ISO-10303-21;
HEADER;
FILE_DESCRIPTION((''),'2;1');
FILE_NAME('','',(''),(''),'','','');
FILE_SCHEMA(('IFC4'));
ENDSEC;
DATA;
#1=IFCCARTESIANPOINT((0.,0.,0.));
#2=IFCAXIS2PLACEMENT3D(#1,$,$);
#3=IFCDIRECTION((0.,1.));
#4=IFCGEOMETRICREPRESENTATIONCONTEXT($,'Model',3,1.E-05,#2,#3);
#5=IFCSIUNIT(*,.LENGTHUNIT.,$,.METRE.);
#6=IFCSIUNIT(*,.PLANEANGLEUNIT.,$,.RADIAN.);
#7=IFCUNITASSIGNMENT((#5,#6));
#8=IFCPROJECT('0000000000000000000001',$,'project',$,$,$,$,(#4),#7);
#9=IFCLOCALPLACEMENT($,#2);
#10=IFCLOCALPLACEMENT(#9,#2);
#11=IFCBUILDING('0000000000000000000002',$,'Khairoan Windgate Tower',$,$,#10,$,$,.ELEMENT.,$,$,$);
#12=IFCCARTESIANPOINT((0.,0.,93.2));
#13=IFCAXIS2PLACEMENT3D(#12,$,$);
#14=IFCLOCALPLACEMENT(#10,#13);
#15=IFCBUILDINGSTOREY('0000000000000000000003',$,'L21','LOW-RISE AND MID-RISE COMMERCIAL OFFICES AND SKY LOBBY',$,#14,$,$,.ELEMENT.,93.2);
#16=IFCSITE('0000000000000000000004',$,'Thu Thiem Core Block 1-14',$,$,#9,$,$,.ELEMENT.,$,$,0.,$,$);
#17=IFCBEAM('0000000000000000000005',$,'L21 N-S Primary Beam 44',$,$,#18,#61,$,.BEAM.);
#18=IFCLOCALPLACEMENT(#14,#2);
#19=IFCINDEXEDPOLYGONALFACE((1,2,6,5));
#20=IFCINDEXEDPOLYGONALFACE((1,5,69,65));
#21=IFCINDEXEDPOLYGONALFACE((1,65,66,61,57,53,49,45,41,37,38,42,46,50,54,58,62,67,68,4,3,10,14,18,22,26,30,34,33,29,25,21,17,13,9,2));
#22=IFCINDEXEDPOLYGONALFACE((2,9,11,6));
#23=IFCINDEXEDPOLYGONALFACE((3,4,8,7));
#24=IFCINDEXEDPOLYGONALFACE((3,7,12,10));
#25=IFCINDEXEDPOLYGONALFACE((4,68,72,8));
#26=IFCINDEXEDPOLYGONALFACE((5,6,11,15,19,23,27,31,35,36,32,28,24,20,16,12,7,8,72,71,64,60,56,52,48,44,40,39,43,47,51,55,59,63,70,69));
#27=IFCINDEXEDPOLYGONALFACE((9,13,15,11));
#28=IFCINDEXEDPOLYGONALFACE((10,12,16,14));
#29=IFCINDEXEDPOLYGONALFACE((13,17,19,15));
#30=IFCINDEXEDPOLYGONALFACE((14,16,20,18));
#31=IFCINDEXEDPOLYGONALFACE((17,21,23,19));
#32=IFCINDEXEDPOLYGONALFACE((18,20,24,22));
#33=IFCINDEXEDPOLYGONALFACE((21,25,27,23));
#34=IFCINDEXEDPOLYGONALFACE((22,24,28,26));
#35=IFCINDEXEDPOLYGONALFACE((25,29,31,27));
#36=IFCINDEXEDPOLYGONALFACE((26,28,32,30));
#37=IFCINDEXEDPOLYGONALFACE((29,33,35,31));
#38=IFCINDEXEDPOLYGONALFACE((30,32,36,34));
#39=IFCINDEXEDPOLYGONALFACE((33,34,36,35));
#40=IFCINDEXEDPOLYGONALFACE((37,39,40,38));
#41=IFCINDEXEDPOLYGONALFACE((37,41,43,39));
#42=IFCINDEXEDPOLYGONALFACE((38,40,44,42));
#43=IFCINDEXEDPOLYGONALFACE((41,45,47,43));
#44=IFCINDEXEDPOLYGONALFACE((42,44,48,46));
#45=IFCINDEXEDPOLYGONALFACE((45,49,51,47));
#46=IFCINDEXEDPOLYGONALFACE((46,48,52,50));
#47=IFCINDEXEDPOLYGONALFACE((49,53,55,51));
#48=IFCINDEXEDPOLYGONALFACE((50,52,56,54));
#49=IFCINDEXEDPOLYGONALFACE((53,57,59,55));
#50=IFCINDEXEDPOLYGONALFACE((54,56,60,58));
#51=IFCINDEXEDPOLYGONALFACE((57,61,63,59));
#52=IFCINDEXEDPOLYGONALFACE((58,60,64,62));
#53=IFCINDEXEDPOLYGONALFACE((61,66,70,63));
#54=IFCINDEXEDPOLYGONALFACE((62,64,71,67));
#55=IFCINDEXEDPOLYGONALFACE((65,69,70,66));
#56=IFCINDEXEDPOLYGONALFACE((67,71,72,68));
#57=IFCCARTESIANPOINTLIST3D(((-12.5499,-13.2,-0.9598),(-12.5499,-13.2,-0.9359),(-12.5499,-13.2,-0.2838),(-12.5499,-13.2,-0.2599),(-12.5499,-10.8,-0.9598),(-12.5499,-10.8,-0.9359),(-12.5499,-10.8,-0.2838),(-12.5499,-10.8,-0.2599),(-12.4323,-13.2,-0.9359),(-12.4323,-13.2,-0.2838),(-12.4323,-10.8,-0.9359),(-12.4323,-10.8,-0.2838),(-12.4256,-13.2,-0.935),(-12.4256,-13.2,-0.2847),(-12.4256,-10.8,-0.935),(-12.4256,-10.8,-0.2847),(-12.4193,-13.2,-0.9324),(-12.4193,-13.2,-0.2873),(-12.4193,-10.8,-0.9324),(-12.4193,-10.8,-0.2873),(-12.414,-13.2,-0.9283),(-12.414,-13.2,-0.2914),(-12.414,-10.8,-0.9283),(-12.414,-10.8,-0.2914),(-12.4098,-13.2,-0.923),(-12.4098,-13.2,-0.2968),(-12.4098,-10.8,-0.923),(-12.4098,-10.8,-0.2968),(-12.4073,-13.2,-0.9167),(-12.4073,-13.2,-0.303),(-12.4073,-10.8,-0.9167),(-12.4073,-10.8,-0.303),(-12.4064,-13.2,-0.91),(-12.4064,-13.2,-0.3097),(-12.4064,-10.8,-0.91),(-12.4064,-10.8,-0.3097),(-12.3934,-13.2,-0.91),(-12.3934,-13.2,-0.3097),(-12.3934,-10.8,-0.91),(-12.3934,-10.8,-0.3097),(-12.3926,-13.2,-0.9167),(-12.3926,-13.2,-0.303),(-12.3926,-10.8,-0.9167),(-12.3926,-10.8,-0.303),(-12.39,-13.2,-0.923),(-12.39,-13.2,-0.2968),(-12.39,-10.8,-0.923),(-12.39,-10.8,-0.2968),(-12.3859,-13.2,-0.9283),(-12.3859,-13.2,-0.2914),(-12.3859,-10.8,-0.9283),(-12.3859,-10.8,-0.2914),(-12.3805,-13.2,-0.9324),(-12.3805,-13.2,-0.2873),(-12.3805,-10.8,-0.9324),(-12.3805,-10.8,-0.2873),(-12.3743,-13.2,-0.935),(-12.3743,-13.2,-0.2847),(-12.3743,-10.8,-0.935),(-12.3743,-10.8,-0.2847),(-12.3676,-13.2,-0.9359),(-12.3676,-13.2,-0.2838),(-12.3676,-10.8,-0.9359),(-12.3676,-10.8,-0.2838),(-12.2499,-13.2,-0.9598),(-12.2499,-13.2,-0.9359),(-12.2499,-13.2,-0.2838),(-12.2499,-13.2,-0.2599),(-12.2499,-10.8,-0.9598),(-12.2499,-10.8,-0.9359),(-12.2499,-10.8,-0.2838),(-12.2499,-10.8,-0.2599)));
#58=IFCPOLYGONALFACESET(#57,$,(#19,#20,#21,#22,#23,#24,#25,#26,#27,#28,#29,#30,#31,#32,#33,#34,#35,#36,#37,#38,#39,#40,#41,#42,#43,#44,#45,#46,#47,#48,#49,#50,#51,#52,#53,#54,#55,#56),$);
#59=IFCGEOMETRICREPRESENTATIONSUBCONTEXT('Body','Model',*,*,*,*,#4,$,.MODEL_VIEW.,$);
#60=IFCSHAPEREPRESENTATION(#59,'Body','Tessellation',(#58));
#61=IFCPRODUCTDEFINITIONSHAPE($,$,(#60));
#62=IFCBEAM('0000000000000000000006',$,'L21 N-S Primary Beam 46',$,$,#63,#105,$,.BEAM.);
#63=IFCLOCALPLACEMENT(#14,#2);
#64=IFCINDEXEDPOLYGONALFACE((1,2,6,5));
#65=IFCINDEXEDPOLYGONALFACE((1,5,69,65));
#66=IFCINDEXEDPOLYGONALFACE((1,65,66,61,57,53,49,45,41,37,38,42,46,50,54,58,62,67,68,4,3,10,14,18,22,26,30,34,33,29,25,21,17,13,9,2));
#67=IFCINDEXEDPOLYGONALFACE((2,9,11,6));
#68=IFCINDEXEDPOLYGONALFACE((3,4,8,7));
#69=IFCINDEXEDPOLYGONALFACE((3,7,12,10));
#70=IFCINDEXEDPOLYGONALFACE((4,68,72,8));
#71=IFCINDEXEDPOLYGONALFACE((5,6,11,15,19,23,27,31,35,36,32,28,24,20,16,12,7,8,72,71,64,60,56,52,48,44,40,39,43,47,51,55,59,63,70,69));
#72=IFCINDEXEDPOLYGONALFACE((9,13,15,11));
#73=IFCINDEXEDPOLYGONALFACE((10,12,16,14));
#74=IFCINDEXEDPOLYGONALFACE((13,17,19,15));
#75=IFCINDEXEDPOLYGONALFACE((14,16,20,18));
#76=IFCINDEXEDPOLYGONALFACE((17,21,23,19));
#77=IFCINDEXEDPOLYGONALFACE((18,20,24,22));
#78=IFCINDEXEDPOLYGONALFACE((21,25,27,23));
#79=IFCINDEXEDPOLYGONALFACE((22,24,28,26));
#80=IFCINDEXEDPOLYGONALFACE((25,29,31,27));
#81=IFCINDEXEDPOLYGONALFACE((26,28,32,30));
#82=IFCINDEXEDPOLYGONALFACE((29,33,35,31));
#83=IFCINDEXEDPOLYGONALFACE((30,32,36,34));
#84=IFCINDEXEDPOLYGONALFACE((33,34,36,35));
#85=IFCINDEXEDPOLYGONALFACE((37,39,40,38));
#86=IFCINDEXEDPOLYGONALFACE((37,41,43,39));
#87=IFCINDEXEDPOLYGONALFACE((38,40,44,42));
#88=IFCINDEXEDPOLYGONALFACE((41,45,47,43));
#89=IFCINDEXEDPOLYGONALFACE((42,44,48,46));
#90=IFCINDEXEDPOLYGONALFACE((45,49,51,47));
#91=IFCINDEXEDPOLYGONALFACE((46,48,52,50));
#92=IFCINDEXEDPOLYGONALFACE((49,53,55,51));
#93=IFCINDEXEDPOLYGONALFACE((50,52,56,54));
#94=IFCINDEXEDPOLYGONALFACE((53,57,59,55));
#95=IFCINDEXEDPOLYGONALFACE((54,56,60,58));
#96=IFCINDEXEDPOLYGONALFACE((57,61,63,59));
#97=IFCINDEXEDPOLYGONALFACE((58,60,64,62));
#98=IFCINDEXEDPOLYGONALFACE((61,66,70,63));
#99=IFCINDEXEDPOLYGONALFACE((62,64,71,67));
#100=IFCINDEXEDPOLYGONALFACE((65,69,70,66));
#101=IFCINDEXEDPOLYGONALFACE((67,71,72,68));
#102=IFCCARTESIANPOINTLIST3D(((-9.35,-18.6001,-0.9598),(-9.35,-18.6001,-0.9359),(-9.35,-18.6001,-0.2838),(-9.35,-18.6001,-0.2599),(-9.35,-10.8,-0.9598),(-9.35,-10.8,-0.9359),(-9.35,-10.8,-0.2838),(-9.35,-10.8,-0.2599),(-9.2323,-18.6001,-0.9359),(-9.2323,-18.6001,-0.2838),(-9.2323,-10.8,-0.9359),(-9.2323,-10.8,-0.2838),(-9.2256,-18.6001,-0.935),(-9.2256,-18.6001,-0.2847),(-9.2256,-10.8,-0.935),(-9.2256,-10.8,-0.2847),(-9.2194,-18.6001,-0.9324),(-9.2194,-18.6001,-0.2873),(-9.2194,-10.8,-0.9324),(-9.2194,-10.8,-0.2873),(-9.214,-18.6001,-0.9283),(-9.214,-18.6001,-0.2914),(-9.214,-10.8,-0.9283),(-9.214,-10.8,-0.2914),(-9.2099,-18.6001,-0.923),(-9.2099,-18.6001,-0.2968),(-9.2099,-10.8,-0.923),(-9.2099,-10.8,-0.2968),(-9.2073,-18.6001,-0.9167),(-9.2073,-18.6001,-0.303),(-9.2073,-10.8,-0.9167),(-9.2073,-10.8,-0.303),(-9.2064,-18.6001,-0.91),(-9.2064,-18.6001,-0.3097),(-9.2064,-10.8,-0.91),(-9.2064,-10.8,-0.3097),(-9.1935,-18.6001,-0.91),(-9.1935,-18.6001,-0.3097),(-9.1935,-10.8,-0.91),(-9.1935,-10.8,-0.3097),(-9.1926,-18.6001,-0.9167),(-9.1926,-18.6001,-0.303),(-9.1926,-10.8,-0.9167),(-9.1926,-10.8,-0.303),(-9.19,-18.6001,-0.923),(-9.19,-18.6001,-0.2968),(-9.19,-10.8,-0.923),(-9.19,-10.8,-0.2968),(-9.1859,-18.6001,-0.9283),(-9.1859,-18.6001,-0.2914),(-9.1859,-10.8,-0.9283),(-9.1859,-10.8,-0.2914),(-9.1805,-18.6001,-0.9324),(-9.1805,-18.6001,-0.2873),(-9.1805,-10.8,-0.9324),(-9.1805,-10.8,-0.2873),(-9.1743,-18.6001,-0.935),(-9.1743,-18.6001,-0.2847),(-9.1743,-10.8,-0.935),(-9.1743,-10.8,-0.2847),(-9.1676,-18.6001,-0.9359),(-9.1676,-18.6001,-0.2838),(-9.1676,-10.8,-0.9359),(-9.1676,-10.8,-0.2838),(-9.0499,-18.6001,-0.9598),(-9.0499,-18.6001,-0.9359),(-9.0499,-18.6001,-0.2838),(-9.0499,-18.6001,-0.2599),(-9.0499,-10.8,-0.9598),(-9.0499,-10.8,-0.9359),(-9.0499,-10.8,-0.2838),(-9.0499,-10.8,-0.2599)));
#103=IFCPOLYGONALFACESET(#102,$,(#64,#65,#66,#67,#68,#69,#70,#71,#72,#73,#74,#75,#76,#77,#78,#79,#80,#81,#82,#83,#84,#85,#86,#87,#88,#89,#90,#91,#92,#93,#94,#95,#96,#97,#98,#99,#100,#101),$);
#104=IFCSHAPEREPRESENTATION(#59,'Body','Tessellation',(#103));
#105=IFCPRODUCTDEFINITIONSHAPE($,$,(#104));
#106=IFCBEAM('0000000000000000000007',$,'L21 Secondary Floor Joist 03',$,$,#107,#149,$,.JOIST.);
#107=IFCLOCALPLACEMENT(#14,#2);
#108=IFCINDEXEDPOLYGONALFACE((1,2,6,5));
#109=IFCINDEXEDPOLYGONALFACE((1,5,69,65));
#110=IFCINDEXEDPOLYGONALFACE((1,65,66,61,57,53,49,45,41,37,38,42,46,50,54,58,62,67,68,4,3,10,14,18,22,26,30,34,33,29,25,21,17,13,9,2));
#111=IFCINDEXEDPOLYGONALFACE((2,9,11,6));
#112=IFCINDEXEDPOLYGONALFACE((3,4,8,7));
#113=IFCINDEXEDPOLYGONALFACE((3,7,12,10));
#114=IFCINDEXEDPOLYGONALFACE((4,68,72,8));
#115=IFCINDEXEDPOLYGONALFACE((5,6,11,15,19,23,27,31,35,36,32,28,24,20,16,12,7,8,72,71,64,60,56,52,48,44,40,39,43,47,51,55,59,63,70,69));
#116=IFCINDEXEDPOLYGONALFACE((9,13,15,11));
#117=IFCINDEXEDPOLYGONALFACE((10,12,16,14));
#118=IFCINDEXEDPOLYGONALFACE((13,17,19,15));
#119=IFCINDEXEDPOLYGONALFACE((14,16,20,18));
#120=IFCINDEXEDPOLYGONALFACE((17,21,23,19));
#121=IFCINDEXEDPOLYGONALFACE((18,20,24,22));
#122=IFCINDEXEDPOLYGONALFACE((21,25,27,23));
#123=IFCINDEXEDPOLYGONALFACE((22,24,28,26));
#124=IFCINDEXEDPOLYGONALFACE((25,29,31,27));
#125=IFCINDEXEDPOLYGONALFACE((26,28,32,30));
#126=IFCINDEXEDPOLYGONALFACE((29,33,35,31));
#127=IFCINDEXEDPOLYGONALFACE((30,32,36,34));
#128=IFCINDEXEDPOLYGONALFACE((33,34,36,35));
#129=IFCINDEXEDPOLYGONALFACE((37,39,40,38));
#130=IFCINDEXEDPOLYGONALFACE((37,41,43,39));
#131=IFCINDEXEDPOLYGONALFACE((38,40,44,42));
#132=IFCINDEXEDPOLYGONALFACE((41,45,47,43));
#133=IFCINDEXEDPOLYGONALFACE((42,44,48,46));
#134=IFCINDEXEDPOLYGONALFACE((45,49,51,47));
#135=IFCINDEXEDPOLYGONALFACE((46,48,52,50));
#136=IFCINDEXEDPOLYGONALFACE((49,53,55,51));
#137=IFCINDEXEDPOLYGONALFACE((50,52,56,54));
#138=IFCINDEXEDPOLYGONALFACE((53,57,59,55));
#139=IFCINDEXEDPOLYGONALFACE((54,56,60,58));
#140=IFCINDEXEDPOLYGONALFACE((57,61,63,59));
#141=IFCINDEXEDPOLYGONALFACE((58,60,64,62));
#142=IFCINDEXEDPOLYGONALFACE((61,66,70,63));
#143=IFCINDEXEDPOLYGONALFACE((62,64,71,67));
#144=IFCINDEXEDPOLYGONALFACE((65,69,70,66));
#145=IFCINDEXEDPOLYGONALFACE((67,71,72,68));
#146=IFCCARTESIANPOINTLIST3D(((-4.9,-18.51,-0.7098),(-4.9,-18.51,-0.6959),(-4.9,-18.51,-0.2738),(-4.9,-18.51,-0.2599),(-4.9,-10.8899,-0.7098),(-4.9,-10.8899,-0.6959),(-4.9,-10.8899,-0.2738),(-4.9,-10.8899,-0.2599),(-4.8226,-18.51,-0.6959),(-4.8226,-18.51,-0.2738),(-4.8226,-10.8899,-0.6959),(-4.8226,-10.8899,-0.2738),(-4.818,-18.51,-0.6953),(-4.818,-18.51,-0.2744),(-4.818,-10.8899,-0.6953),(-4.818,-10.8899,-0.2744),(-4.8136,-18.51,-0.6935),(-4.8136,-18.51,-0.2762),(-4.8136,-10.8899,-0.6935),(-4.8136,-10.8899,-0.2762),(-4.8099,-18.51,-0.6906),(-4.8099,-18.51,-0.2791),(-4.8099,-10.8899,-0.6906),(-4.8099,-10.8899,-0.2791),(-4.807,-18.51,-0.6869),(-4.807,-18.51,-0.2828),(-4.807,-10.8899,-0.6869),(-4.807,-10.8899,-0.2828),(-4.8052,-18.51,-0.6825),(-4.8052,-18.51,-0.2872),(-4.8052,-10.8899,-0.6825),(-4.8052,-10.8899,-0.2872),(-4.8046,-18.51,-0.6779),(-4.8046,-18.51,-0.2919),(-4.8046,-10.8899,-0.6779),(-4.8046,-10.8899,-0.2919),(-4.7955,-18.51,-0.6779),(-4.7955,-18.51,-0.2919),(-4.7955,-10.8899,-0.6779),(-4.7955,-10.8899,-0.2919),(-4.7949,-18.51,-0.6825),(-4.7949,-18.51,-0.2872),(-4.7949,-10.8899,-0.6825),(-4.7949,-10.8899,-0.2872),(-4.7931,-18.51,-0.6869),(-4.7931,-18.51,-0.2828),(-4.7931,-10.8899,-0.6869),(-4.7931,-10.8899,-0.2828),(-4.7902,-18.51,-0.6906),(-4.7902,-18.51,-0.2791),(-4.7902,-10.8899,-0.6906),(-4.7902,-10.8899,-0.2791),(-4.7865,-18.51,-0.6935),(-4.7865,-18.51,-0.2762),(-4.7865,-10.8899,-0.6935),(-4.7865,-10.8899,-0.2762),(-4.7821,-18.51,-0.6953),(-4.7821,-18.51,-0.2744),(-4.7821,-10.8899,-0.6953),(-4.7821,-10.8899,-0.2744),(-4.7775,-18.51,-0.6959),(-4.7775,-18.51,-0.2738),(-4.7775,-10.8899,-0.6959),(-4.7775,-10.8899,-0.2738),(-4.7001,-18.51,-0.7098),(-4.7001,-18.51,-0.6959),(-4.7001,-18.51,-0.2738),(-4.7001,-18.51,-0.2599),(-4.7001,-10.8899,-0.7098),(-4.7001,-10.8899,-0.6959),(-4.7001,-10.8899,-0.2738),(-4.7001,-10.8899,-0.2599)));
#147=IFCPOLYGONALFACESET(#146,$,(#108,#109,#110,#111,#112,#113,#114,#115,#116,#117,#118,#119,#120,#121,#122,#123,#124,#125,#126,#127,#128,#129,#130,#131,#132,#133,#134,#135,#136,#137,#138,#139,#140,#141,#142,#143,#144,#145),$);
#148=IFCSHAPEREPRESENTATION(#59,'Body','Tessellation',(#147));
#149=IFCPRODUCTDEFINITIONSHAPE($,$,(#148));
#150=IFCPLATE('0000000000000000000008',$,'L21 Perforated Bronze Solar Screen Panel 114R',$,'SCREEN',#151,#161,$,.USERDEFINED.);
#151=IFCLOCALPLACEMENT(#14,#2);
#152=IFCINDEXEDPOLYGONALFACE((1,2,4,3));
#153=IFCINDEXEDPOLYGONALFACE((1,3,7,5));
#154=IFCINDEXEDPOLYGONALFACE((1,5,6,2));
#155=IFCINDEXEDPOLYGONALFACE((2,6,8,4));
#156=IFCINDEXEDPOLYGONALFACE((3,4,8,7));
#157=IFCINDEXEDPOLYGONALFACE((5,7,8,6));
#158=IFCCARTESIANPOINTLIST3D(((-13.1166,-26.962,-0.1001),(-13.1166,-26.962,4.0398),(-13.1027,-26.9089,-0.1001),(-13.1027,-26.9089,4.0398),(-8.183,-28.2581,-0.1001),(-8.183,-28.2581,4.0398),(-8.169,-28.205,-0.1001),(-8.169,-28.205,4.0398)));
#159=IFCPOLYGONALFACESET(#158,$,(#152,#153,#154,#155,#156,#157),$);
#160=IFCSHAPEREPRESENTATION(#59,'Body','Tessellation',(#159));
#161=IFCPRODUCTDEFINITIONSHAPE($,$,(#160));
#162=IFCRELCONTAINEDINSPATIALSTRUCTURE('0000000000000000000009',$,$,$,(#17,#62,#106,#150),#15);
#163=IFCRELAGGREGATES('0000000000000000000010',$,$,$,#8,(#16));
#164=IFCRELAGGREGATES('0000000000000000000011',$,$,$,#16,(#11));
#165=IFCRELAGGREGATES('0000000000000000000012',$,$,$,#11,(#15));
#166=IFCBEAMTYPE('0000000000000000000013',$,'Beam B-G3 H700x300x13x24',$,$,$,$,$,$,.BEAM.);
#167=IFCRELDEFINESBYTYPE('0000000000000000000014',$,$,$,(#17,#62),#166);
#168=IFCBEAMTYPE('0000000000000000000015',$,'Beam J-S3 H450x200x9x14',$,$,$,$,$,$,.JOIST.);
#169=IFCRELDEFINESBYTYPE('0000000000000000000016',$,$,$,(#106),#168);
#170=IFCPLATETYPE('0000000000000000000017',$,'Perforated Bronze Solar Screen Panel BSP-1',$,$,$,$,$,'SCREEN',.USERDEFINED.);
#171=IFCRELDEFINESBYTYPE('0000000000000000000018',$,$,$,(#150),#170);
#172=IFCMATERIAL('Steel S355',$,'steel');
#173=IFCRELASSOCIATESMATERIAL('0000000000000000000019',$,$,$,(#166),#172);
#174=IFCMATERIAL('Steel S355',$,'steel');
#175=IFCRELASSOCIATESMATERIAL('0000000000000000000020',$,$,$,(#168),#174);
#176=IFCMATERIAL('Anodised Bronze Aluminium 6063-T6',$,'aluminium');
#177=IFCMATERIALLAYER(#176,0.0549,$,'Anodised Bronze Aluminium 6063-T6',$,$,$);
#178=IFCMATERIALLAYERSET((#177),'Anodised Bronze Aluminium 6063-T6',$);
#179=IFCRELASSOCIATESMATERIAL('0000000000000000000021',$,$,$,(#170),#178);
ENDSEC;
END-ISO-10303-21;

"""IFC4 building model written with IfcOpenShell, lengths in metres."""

from ifc_helpers import new_model, si_unit, direction, frame, origin, origin_2d, place, context, subcontext, project, spatial, rectangle, i_section, extrude, material, layer, layer_set, material_profile, profile_set, type_object, element, save


model = new_model("IFC4")

# Units and contexts
model_context = context("Model", 3, precision=1e-05, world=origin(), true_north=direction((0.0, 1.0)))
body_context = subcontext(model_context, "Body", "Model", "MODEL_VIEW")
ifc_project = project(units=[si_unit("LENGTHUNIT", "METRE"), si_unit("PLANEANGLEUNIT", "RADIAN")], contexts=[model_context])

# Site, building, storey
site_placement = place(None, origin())
site = spatial("IfcSite", under=ifc_project, at=site_placement, Name="Thu Thiem Core Block 1-14", CompositionType="ELEMENT", RefElevation=0.0)
building_placement = place(site_placement, origin())
building = spatial("IfcBuilding", under=site, at=building_placement, Name="Khairoan Windgate Tower", CompositionType="ELEMENT")
storey_placement = place(building_placement, frame((0.0, 0.0, 93.2)))
storey = spatial("IfcBuildingStorey", under=building, at=storey_placement, Name="L21", Description="LOW-RISE AND MID-RISE COMMERCIAL OFFICES AND SKY LOBBY", CompositionType="ELEMENT", Elevation=93.2)

# Beams
ifc_material_1 = material(Name="Steel S355", Category="steel")
ifc_material_profile_1 = material_profile(ifc_material_1, i_section(OverallWidth=0.3, OverallDepth=0.7, WebThickness=0.0129, FlangeThickness=0.0239, FilletRadius=0.0259, at=origin_2d()))
ifc_profile_set_1 = profile_set([ifc_material_profile_1], Name="Steel S355")
beam_type_1 = type_object("IfcBeamType", Name="Beam B-G3 H700x300x13x24", PredefinedType="BEAM", material=ifc_profile_set_1)
beam_1_placement = place(storey_placement, frame((-12.3999, -13.2, -0.6099), z_axis=(0.0, 1.0, 0.0), x_axis=(-1.0, 0.0, 0.0)))
element("IfcBeam", 1, at=beam_1_placement, inside=storey, type_object=beam_type_1, Name="L21 N-S Primary Beam 44", PredefinedType="BEAM", context=body_context, shape_type="SweptSolid", body=[
    extrude(i_section(OverallWidth=0.3, OverallDepth=0.7, WebThickness=0.0129, FlangeThickness=0.0239, FilletRadius=0.0259, at=origin_2d()), origin(), (0.0, 0.0, 1.0), 2.3999),
])
beam_2_placement = place(storey_placement, frame((-9.2, -18.6001, -0.6099), z_axis=(0.0, 1.0, 0.0), x_axis=(-1.0, 0.0, 0.0)))
element("IfcBeam", 2, at=beam_2_placement, inside=storey, type_object=beam_type_1, Name="L21 N-S Primary Beam 46", PredefinedType="BEAM", context=body_context, shape_type="SweptSolid", body=[
    extrude(i_section(OverallWidth=0.3, OverallDepth=0.7, WebThickness=0.0129, FlangeThickness=0.0239, FilletRadius=0.0259, at=origin_2d()), origin(), (0.0, 0.0, 1.0), 7.8),
])
ifc_material_2 = material(Name="Steel S355", Category="steel")
ifc_material_profile_2 = material_profile(ifc_material_2, i_section(OverallWidth=0.2, OverallDepth=0.45, WebThickness=0.009, FlangeThickness=0.0139, FilletRadius=0.0181, at=origin_2d()))
ifc_profile_set_2 = profile_set([ifc_material_profile_2], Name="Steel S355")
beam_type_2 = type_object("IfcBeamType", Name="Beam J-S3 H450x200x9x14", PredefinedType="JOIST", material=ifc_profile_set_2)
beam_3_placement = place(storey_placement, frame((-4.8, -18.51, -0.4849), z_axis=(0.0, 1.0, 0.0), x_axis=(-1.0, 0.0, 0.0)))
element("IfcBeam", 3, at=beam_3_placement, inside=storey, type_object=beam_type_2, Name="L21 Secondary Floor Joist 03", PredefinedType="JOIST", context=body_context, shape_type="SweptSolid", body=[
    extrude(i_section(OverallWidth=0.2, OverallDepth=0.45, WebThickness=0.009, FlangeThickness=0.0139, FilletRadius=0.0181, at=origin_2d()), origin(), (0.0, 0.0, 1.0), 7.6201),
])

# Plate
ifc_material_3 = material(Name="Anodised Bronze Aluminium 6063-T6", Category="aluminium")
ifc_layer_1 = layer(ifc_material_3, 0.0549, Name="Anodised Bronze Aluminium 6063-T6")
ifc_layer_set_1 = layer_set([ifc_layer_1], Name="Anodised Bronze Aluminium 6063-T6")
plate_type = type_object("IfcPlateType", Name="Perforated Bronze Solar Screen Panel BSP-1", ElementType="SCREEN", PredefinedType="USERDEFINED", material=ifc_layer_set_1)
plate_placement = place(storey_placement, frame((-10.6428, -27.5835, -0.1001), z_axis=(0.0, 0.0, 1.0), x_axis=(-0.967179, 0.254096, 0.0)))
element("IfcPlate", 4, at=plate_placement, inside=storey, type_object=plate_type, Name="L21 Perforated Bronze Solar Screen Panel 114R", ObjectType="SCREEN", PredefinedType="USERDEFINED", context=body_context, shape_type="SweptSolid", body=[
    extrude(rectangle(XDim=5.1011, YDim=0.0549, at=origin_2d()), origin(), (0.0, 0.0, 1.0), 4.1399),
])

save(model, "model.ifc")
